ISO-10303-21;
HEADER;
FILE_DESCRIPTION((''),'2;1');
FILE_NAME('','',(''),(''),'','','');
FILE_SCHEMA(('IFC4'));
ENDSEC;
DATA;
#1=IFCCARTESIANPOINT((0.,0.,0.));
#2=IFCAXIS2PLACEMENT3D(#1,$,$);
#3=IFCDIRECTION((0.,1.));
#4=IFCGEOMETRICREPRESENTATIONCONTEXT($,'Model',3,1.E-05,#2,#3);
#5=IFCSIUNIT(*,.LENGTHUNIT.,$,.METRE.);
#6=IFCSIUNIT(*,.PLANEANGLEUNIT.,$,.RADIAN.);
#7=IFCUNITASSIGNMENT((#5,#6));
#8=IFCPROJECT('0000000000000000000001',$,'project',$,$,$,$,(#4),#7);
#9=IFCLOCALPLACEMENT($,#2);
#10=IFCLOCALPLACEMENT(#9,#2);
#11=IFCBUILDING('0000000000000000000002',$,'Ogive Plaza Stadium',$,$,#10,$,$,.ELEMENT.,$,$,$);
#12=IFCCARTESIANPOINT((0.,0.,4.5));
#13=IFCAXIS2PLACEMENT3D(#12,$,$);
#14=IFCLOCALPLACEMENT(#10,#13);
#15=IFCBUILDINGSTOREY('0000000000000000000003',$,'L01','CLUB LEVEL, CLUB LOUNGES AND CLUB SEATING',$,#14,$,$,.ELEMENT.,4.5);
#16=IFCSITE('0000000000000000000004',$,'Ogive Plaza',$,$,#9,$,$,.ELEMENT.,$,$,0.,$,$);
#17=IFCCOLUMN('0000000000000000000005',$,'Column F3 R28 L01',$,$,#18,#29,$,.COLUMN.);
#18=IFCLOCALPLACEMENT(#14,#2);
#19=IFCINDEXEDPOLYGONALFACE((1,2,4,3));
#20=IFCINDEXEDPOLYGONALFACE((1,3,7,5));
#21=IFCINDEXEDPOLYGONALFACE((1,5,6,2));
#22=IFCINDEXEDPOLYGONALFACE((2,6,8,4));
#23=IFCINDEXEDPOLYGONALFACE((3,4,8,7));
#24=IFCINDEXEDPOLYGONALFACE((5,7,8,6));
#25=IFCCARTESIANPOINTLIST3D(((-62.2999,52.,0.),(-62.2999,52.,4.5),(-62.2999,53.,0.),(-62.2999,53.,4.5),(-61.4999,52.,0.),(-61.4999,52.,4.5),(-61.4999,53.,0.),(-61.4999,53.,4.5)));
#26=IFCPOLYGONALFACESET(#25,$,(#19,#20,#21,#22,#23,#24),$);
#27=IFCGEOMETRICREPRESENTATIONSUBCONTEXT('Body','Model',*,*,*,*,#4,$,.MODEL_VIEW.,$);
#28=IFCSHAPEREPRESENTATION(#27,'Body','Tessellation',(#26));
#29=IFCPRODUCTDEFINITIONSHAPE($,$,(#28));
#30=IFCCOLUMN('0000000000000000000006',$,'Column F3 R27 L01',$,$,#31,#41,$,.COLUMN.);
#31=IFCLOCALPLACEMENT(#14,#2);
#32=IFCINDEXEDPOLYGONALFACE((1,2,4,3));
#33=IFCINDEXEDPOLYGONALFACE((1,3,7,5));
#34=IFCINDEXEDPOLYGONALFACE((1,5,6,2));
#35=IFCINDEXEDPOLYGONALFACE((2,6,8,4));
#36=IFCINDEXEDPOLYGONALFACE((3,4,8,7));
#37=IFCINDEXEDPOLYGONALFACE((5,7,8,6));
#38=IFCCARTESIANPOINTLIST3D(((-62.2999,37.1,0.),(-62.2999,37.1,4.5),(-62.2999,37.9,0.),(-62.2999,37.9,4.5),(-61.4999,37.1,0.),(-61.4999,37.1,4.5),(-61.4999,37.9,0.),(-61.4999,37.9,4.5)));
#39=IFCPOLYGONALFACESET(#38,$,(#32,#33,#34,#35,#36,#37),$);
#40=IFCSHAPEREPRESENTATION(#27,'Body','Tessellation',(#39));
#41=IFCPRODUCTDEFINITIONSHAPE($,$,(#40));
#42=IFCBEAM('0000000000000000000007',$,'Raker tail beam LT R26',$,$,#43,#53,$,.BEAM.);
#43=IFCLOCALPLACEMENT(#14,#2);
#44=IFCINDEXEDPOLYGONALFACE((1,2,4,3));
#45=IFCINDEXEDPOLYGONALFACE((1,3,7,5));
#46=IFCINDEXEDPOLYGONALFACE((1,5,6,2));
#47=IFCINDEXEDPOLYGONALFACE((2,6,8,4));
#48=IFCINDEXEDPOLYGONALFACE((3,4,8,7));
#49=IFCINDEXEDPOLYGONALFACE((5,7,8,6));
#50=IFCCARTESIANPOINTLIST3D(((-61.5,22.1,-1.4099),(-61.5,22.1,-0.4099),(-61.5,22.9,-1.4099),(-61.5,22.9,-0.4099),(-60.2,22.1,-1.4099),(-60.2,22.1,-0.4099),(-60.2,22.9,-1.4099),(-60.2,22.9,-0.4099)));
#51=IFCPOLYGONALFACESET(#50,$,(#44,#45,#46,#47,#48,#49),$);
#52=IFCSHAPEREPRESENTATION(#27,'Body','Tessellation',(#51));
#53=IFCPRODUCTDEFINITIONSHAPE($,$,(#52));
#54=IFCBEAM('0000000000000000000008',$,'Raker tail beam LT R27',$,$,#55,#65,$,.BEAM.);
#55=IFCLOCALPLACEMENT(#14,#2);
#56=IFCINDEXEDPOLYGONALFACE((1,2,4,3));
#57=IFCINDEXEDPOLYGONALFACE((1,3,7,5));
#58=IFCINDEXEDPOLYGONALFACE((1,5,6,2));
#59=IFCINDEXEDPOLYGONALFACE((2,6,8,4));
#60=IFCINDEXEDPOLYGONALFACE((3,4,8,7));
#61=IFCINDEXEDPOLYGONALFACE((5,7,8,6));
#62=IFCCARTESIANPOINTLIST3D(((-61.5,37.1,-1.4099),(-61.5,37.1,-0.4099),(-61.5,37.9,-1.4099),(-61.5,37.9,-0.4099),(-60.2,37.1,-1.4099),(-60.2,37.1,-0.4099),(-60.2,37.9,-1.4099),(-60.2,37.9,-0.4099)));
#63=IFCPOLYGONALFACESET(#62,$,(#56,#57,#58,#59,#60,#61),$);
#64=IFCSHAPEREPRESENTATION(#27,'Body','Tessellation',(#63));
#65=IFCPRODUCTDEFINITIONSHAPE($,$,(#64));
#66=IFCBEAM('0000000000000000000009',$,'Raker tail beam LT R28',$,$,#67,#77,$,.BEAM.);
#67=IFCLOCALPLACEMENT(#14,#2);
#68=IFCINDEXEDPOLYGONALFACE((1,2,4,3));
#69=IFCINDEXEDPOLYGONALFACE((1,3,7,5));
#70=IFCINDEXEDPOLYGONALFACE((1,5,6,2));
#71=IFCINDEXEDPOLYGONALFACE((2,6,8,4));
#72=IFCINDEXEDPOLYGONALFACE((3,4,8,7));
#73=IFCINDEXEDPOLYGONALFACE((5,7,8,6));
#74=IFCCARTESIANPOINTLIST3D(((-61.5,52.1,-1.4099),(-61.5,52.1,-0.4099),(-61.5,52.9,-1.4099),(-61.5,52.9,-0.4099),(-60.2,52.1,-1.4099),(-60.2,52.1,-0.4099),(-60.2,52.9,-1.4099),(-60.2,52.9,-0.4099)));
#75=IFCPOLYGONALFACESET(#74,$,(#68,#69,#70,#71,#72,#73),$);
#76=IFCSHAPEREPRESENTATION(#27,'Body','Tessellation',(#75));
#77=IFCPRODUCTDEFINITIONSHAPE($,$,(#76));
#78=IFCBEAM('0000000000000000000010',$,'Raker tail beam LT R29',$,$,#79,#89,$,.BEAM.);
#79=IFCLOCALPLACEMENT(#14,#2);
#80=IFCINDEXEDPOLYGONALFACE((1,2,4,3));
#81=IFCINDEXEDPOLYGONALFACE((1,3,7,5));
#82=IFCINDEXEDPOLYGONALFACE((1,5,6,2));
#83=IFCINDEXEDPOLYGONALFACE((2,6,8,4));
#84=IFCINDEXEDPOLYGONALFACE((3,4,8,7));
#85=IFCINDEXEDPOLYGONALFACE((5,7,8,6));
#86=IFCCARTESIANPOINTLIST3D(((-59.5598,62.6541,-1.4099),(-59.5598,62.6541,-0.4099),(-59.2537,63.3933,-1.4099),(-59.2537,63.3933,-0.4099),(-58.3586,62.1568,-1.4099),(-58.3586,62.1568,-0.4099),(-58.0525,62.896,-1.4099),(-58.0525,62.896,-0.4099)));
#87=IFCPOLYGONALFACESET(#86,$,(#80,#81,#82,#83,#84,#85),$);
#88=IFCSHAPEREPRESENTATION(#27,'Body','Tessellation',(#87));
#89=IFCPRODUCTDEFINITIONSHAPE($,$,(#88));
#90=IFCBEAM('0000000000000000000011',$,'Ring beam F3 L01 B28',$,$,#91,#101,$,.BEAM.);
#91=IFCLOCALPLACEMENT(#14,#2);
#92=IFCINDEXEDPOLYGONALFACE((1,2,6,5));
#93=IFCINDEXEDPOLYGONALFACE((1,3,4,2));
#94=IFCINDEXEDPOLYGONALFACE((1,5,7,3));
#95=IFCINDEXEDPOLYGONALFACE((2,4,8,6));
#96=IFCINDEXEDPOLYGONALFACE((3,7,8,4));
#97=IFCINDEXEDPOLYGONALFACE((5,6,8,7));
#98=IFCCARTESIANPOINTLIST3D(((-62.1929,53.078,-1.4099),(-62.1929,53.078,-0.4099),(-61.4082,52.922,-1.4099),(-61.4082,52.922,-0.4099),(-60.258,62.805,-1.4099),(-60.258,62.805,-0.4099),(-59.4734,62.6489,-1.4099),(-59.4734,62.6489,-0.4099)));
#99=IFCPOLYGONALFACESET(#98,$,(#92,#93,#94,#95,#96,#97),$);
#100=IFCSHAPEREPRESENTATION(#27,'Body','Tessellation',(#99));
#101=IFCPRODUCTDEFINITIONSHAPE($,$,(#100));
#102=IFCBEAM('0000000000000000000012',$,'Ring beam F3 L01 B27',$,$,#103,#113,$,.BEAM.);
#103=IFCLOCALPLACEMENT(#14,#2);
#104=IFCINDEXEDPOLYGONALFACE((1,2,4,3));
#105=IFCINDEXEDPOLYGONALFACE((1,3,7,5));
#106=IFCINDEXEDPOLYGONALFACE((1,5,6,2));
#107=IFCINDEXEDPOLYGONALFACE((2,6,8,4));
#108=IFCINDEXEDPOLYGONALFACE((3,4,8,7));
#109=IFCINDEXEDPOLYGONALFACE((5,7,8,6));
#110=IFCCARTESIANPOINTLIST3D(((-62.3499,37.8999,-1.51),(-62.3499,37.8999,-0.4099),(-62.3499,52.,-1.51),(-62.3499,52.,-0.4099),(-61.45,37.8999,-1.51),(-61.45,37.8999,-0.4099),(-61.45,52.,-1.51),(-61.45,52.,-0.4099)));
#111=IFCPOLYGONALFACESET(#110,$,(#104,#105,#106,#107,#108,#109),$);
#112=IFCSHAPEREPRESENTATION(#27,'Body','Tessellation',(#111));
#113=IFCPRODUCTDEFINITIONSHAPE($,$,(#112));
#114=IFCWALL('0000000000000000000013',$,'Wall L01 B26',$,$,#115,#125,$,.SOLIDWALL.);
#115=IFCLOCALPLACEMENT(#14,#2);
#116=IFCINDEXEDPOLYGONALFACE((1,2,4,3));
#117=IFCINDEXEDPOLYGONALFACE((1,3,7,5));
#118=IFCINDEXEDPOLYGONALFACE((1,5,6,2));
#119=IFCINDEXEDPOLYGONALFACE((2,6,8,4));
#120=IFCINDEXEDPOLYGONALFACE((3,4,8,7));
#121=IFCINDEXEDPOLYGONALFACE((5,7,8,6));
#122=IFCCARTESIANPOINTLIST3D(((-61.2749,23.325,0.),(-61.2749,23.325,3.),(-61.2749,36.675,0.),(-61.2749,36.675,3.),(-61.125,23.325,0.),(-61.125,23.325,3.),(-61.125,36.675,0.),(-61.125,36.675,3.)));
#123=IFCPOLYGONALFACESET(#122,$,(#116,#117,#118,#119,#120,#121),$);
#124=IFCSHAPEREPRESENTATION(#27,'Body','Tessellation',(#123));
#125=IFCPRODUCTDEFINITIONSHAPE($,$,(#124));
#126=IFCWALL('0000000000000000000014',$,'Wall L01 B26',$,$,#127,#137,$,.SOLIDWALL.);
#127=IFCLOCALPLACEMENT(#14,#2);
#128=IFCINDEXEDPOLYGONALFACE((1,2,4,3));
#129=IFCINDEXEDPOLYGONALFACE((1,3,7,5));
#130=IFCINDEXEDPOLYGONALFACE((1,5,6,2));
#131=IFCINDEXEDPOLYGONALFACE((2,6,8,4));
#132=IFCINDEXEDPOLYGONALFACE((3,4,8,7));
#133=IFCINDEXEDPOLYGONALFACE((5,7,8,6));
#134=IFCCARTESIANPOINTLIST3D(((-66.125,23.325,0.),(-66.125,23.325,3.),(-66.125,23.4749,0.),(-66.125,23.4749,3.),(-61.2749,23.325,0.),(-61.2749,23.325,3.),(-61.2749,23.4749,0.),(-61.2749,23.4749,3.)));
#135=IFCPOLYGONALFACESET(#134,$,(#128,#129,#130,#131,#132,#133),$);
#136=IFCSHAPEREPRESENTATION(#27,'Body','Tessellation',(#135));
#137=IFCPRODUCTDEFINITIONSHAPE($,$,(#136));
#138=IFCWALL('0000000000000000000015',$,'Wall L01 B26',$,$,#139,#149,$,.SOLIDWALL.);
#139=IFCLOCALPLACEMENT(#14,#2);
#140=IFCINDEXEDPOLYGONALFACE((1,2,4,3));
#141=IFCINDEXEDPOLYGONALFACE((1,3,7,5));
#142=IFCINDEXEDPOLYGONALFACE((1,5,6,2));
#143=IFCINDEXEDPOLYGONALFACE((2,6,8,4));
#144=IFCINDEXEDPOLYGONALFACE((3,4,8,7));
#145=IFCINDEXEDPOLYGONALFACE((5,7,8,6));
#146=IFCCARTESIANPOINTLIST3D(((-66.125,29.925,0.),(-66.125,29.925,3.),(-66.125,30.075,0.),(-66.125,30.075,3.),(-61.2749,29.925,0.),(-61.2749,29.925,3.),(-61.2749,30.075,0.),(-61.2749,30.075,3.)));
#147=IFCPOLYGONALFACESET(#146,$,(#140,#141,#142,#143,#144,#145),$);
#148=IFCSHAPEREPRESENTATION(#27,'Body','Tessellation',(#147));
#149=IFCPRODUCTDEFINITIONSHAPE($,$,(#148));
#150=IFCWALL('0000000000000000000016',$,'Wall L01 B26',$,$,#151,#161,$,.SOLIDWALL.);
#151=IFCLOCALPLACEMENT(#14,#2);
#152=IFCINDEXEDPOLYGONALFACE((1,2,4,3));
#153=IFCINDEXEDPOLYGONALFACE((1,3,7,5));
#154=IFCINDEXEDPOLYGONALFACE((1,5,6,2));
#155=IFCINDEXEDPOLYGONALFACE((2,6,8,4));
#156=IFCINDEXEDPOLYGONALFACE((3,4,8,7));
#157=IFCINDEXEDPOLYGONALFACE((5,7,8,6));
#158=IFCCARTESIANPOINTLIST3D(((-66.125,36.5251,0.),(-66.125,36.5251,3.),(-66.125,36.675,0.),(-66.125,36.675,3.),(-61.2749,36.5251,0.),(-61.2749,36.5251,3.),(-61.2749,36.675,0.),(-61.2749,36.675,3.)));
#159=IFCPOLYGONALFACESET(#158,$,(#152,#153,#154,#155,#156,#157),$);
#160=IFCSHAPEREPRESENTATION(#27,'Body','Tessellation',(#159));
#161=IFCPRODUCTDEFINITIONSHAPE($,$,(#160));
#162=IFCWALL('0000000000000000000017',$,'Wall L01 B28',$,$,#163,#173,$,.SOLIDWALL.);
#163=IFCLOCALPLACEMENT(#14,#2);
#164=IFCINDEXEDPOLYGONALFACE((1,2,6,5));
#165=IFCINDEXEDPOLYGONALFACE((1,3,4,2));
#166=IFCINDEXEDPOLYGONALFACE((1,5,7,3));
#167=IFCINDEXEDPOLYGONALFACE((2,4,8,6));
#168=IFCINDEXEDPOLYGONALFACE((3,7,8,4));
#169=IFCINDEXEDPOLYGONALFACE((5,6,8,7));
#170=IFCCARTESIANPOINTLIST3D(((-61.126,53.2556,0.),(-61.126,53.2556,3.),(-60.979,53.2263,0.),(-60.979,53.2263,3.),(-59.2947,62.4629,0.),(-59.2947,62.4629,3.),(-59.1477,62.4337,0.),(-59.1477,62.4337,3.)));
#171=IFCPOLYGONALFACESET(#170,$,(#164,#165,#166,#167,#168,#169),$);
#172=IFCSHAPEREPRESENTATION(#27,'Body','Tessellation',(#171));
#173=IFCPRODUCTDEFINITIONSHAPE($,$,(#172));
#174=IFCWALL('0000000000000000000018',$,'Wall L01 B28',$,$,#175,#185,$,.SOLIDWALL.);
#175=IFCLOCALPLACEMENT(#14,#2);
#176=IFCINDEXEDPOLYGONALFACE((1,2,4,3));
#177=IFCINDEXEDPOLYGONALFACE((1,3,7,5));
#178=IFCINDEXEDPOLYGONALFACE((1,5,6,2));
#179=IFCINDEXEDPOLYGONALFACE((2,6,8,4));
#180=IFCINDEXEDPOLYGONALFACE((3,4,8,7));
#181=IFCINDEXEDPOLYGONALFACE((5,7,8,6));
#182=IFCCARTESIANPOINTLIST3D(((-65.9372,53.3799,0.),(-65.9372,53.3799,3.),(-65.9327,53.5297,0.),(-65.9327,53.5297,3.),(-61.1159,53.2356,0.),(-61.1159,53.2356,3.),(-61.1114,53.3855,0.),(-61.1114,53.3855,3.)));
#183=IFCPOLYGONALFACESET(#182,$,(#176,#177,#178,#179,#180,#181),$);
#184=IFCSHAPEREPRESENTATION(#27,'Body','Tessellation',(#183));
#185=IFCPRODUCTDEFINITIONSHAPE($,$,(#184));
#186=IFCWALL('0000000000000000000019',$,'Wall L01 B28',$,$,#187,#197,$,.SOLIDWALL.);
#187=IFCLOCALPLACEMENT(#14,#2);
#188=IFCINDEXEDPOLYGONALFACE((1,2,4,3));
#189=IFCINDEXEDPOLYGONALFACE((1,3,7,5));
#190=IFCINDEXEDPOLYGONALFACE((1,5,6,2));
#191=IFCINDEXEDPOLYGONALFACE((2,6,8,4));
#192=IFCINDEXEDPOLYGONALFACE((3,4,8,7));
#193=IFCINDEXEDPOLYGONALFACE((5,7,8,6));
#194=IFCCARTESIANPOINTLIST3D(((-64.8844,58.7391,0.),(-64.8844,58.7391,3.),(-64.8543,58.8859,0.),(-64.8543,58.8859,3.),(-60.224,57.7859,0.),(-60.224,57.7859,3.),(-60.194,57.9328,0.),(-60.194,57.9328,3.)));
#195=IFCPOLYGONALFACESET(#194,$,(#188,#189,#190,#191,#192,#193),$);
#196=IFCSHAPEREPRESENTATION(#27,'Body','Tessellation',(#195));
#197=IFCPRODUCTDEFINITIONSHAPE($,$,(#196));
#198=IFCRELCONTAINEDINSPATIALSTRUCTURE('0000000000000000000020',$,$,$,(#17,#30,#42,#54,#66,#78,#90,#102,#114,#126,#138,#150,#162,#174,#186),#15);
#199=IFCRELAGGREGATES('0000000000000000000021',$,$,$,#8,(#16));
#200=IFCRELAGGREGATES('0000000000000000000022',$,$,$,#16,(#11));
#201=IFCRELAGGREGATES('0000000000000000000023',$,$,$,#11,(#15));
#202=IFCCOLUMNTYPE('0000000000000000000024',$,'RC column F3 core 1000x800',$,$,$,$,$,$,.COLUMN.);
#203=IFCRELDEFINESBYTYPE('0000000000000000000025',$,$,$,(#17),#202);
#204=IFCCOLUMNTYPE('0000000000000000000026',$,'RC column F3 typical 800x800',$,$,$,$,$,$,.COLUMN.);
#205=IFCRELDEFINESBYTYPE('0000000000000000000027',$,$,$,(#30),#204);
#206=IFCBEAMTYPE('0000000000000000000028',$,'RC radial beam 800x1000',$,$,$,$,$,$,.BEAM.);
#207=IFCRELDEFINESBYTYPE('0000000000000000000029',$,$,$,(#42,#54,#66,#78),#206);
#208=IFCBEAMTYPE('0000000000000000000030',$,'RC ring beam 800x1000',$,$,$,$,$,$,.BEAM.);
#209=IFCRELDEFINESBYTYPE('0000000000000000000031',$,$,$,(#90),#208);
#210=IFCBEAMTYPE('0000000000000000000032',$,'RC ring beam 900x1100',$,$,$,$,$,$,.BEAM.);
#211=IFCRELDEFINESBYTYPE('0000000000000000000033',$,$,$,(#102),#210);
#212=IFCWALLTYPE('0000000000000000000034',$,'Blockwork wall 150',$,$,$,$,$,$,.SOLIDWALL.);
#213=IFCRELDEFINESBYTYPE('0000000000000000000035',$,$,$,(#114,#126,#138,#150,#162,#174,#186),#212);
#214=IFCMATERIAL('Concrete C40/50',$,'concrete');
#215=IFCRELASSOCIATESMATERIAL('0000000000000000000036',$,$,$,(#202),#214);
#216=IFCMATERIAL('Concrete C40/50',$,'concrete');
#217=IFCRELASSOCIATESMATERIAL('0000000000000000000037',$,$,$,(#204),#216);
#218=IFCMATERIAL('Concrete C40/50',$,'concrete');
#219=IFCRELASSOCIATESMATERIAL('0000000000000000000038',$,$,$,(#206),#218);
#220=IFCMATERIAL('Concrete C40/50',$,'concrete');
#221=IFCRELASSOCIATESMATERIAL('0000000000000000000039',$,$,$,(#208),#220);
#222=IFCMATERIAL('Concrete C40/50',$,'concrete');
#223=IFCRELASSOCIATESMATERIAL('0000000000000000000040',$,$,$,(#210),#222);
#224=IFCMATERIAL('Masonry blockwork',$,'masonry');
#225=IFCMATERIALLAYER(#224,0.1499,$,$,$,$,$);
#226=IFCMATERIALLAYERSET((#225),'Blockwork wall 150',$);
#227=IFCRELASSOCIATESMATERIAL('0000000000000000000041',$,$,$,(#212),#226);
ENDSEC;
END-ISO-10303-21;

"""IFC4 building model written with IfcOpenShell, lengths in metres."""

from ifc_helpers import new_model, si_unit, direction, frame, frame_2d, origin, origin_2d, place, context, subcontext, project, spatial, rectangle, extrude, material, layer, layer_set, material_profile, profile_set, type_object, element, save


model = new_model("IFC4")

# Units and contexts
model_context = context("Model", 3, precision=1e-05, world=origin(), true_north=direction((0.0, 1.0)))
body_context = subcontext(model_context, "Body", "Model", "MODEL_VIEW")
ifc_project = project(units=[si_unit("LENGTHUNIT", "METRE"), si_unit("PLANEANGLEUNIT", "RADIAN")], contexts=[model_context])

# Site, building, storey
site_placement = place(None, origin())
site = spatial("IfcSite", under=ifc_project, at=site_placement, Name="Ogive Plaza", CompositionType="ELEMENT", RefElevation=0.0)
building_placement = place(site_placement, origin())
building = spatial("IfcBuilding", under=site, at=building_placement, Name="Ogive Plaza Stadium", CompositionType="ELEMENT")
storey_placement = place(building_placement, frame((0.0, 0.0, 4.5)))
storey = spatial("IfcBuildingStorey", under=building, at=storey_placement, Name="L01", Description="CLUB LEVEL, CLUB LOUNGES AND CLUB SEATING", CompositionType="ELEMENT", Elevation=4.5)

# Columns
ifc_material_1 = material(Name="Concrete C40/50", Category="concrete")
ifc_material_profile_1 = material_profile(ifc_material_1, rectangle(XDim=1.0, YDim=0.8, at=origin_2d()), Name="RC 1000x800")
ifc_profile_set_1 = profile_set([ifc_material_profile_1], Name="Concrete C40/50")
column_type_1 = type_object("IfcColumnType", Name="RC column F3 core 1000x800", PredefinedType="COLUMN", material=ifc_profile_set_1)
column_1_placement = place(storey_placement, frame((-61.8999, 52.5, 0.0), z_axis=(0.0, 0.0, 1.0), x_axis=(0.0, -1.0, 0.0)))
element("IfcColumn", 1, at=column_1_placement, inside=storey, type_object=column_type_1, Name="Column F3 R28 L01", PredefinedType="COLUMN", context=body_context, shape_type="SweptSolid", body=[
    extrude(rectangle(XDim=1.0, YDim=0.8, at=origin_2d()), origin(), (0.0, 0.0, 1.0), 4.5),
])
ifc_material_2 = material(Name="Concrete C40/50", Category="concrete")
ifc_material_profile_2 = material_profile(ifc_material_2, rectangle(XDim=0.8, YDim=0.8, at=origin_2d()), Name="RC 800x800")
ifc_profile_set_2 = profile_set([ifc_material_profile_2], Name="Concrete C40/50")
column_type_2 = type_object("IfcColumnType", Name="RC column F3 typical 800x800", PredefinedType="COLUMN", material=ifc_profile_set_2)
column_2_placement = place(storey_placement, frame((-61.8999, 37.5, 0.0), z_axis=(0.0, 0.0, 1.0), x_axis=(0.0, -1.0, 0.0)))
element("IfcColumn", 2, at=column_2_placement, inside=storey, type_object=column_type_2, Name="Column F3 R27 L01", PredefinedType="COLUMN", context=body_context, shape_type="SweptSolid", body=[
    extrude(rectangle(XDim=0.8, YDim=0.8, at=origin_2d()), origin(), (0.0, 0.0, 1.0), 4.5),
])

# Beams
ifc_material_3 = material(Name="Concrete C40/50", Category="concrete")
ifc_material_profile_3 = material_profile(ifc_material_3, rectangle(XDim=0.8, YDim=1.0, at=origin_2d()), Name="RC 800x1000")
ifc_profile_set_3 = profile_set([ifc_material_profile_3], Name="Concrete C40/50")
beam_type_1 = type_object("IfcBeamType", Name="RC radial beam 800x1000", PredefinedType="BEAM", material=ifc_profile_set_3)
for number, where, z_axis, x_axis, name in (
    (3, (-60.2, 22.5, -0.9099), (-1.0, 0.0, 0.0), (0.0, -1.0, 0.0), "Raker tail beam LT R26"),
    (4, (-60.2, 37.5, -0.9099), (-1.0, 0.0, 0.0), (0.0, -1.0, 0.0), "Raker tail beam LT R27"),
    (5, (-60.2, 52.5, -0.9099), (-1.0, 0.0, 0.0), (0.0, -1.0, 0.0), "Raker tail beam LT R28"),
    (6, (-58.2056, 62.5264, -0.9099), (-0.923941, 0.382534, 0.0), (-0.382534, -0.923941, 0.0), "Raker tail beam LT R29"),
):
    element("IfcBeam", number, at=place(storey_placement, frame(where, z_axis=z_axis, x_axis=x_axis)), inside=storey, type_object=beam_type_1, Name=name, PredefinedType="BEAM", context=body_context, shape_type="SweptSolid", body=[
        extrude(rectangle(XDim=0.8, YDim=1.0, at=origin_2d()), origin(), (0.0, 0.0, 1.0), 1.3),
    ])
ifc_material_4 = material(Name="Concrete C40/50", Category="concrete")
ifc_material_profile_4 = material_profile(ifc_material_4, rectangle(XDim=0.8, YDim=1.0, at=origin_2d()), Name="RC 800x1000")
ifc_profile_set_4 = profile_set([ifc_material_profile_4], Name="Concrete C40/50")
beam_type_2 = type_object("IfcBeamType", Name="RC ring beam 800x1000", PredefinedType="BEAM", material=ifc_profile_set_4)
beam_1_placement = place(storey_placement, frame((-61.8005, 53.0, -0.9099), z_axis=(0.195093, 0.980785, 0.0), x_axis=(-0.980785, 0.195093, 0.0)))
element("IfcBeam", 7, at=beam_1_placement, inside=storey, type_object=beam_type_2, Name="Ring beam F3 L01 B28", PredefinedType="BEAM", context=body_context, shape_type="SweptSolid", body=[
    extrude(rectangle(XDim=0.8, YDim=1.0, at=origin_2d()), origin(), (0.0, 0.0, 1.0), 9.9175),
])
ifc_material_5 = material(Name="Concrete C40/50", Category="concrete")
ifc_material_profile_5 = material_profile(ifc_material_5, rectangle(XDim=0.8999, YDim=1.1001, at=origin_2d()), Name="RC 900x1100")
ifc_profile_set_5 = profile_set([ifc_material_profile_5], Name="Concrete C40/50")
beam_type_3 = type_object("IfcBeamType", Name="RC ring beam 900x1100", PredefinedType="BEAM", material=ifc_profile_set_5)
beam_2_placement = place(storey_placement, frame((-61.8999, 37.8999, -0.96), z_axis=(0.0, 1.0, 0.0), x_axis=(-1.0, 0.0, 0.0)))
element("IfcBeam", 8, at=beam_2_placement, inside=storey, type_object=beam_type_3, Name="Ring beam F3 L01 B27", PredefinedType="BEAM", context=body_context, shape_type="SweptSolid", body=[
    extrude(rectangle(XDim=0.8999, YDim=1.1001, at=origin_2d()), origin(), (0.0, 0.0, 1.0), 14.1001),
])

# Walls
ifc_material_6 = material(Name="Masonry blockwork", Category="masonry")
ifc_layer_1 = layer(ifc_material_6, 0.1499)
ifc_layer_set_1 = layer_set([ifc_layer_1], Name="Blockwork wall 150")
wall_type_1 = type_object("IfcWallType", Name="Blockwork wall 150", PredefinedType="SOLIDWALL", material=ifc_layer_set_1)
wall_1_placement = place(storey_placement, frame((-61.2, 23.325, 0.0), z_axis=(0.0, 0.0, 1.0), x_axis=(0.0, 1.0, 0.0)))
element("IfcWall", 9, at=wall_1_placement, inside=storey, type_object=wall_type_1, Name="Wall L01 B26", PredefinedType="SOLIDWALL", context=body_context, shape_type="SweptSolid", body=[
    extrude(rectangle(XDim=13.3501, YDim=0.1499, at=frame_2d((6.675, 0.0))), origin(), (0.0, 0.0, 1.0), 3.0),
])
for number, where, z_axis, x_axis, name in (
    (10, (-61.2749, 23.3999, 0.0), (0.0, 0.0, 1.0), (-1.0, 0.0, 0.0), "Wall L01 B26"),
    (11, (-61.2749, 30.0, 0.0), (0.0, 0.0, 1.0), (-1.0, 0.0, 0.0), "Wall L01 B26"),
    (12, (-61.2749, 36.6001, 0.0), (0.0, 0.0, 1.0), (-1.0, 0.0, 0.0), "Wall L01 B26"),
):
    element("IfcWall", number, at=place(storey_placement, frame(where, z_axis=z_axis, x_axis=x_axis)), inside=storey, type_object=wall_type_1, Name=name, PredefinedType="SOLIDWALL", context=body_context, shape_type="SweptSolid", body=[
        extrude(rectangle(XDim=4.8501, YDim=0.1499, at=frame_2d((2.425, 0.0))), origin(), (0.0, 0.0, 1.0), 3.0),
    ])
wall_2_placement = place(storey_placement, frame((-61.0525, 53.241, 0.0), z_axis=(0.0, 0.0, 1.0), x_axis=(0.195076, 0.980788, 0.0)))
element("IfcWall", 13, at=wall_2_placement, inside=storey, type_object=wall_type_1, Name="Wall L01 B28", PredefinedType="SOLIDWALL", context=body_context, shape_type="SweptSolid", body=[
    extrude(rectangle(XDim=9.3877, YDim=0.1499, at=frame_2d((4.6938, 0.0))), origin(), (0.0, 0.0, 1.0), 3.0),
])
wall_3_placement = place(storey_placement, frame((-61.1138, 53.3105, 0.0), z_axis=(0.0, 0.0, 1.0), x_axis=(-0.999552, 0.029914, 0.0)))
element("IfcWall", 14, at=wall_3_placement, inside=storey, type_object=wall_type_1, Name="Wall L01 B28", PredefinedType="SOLIDWALL", context=body_context, shape_type="SweptSolid", body=[
    extrude(rectangle(XDim=4.8235, YDim=0.1499, at=frame_2d((2.4116, 0.0))), origin(), (0.0, 0.0, 1.0), 3.0),
])
wall_4_placement = place(storey_placement, frame((-60.209, 57.8594, 0.0), z_axis=(0.0, 0.0, 1.0), x_axis=(-0.979721, 0.200368, 0.0)))
element("IfcWall", 15, at=wall_4_placement, inside=storey, type_object=wall_type_1, Name="Wall L01 B28", PredefinedType="SOLIDWALL", context=body_context, shape_type="SweptSolid", body=[
    extrude(rectangle(XDim=4.7568, YDim=0.1499, at=frame_2d((2.3784, 0.0))), origin(), (0.0, 0.0, 1.0), 3.0),
])

save(model, "model.ifc")
